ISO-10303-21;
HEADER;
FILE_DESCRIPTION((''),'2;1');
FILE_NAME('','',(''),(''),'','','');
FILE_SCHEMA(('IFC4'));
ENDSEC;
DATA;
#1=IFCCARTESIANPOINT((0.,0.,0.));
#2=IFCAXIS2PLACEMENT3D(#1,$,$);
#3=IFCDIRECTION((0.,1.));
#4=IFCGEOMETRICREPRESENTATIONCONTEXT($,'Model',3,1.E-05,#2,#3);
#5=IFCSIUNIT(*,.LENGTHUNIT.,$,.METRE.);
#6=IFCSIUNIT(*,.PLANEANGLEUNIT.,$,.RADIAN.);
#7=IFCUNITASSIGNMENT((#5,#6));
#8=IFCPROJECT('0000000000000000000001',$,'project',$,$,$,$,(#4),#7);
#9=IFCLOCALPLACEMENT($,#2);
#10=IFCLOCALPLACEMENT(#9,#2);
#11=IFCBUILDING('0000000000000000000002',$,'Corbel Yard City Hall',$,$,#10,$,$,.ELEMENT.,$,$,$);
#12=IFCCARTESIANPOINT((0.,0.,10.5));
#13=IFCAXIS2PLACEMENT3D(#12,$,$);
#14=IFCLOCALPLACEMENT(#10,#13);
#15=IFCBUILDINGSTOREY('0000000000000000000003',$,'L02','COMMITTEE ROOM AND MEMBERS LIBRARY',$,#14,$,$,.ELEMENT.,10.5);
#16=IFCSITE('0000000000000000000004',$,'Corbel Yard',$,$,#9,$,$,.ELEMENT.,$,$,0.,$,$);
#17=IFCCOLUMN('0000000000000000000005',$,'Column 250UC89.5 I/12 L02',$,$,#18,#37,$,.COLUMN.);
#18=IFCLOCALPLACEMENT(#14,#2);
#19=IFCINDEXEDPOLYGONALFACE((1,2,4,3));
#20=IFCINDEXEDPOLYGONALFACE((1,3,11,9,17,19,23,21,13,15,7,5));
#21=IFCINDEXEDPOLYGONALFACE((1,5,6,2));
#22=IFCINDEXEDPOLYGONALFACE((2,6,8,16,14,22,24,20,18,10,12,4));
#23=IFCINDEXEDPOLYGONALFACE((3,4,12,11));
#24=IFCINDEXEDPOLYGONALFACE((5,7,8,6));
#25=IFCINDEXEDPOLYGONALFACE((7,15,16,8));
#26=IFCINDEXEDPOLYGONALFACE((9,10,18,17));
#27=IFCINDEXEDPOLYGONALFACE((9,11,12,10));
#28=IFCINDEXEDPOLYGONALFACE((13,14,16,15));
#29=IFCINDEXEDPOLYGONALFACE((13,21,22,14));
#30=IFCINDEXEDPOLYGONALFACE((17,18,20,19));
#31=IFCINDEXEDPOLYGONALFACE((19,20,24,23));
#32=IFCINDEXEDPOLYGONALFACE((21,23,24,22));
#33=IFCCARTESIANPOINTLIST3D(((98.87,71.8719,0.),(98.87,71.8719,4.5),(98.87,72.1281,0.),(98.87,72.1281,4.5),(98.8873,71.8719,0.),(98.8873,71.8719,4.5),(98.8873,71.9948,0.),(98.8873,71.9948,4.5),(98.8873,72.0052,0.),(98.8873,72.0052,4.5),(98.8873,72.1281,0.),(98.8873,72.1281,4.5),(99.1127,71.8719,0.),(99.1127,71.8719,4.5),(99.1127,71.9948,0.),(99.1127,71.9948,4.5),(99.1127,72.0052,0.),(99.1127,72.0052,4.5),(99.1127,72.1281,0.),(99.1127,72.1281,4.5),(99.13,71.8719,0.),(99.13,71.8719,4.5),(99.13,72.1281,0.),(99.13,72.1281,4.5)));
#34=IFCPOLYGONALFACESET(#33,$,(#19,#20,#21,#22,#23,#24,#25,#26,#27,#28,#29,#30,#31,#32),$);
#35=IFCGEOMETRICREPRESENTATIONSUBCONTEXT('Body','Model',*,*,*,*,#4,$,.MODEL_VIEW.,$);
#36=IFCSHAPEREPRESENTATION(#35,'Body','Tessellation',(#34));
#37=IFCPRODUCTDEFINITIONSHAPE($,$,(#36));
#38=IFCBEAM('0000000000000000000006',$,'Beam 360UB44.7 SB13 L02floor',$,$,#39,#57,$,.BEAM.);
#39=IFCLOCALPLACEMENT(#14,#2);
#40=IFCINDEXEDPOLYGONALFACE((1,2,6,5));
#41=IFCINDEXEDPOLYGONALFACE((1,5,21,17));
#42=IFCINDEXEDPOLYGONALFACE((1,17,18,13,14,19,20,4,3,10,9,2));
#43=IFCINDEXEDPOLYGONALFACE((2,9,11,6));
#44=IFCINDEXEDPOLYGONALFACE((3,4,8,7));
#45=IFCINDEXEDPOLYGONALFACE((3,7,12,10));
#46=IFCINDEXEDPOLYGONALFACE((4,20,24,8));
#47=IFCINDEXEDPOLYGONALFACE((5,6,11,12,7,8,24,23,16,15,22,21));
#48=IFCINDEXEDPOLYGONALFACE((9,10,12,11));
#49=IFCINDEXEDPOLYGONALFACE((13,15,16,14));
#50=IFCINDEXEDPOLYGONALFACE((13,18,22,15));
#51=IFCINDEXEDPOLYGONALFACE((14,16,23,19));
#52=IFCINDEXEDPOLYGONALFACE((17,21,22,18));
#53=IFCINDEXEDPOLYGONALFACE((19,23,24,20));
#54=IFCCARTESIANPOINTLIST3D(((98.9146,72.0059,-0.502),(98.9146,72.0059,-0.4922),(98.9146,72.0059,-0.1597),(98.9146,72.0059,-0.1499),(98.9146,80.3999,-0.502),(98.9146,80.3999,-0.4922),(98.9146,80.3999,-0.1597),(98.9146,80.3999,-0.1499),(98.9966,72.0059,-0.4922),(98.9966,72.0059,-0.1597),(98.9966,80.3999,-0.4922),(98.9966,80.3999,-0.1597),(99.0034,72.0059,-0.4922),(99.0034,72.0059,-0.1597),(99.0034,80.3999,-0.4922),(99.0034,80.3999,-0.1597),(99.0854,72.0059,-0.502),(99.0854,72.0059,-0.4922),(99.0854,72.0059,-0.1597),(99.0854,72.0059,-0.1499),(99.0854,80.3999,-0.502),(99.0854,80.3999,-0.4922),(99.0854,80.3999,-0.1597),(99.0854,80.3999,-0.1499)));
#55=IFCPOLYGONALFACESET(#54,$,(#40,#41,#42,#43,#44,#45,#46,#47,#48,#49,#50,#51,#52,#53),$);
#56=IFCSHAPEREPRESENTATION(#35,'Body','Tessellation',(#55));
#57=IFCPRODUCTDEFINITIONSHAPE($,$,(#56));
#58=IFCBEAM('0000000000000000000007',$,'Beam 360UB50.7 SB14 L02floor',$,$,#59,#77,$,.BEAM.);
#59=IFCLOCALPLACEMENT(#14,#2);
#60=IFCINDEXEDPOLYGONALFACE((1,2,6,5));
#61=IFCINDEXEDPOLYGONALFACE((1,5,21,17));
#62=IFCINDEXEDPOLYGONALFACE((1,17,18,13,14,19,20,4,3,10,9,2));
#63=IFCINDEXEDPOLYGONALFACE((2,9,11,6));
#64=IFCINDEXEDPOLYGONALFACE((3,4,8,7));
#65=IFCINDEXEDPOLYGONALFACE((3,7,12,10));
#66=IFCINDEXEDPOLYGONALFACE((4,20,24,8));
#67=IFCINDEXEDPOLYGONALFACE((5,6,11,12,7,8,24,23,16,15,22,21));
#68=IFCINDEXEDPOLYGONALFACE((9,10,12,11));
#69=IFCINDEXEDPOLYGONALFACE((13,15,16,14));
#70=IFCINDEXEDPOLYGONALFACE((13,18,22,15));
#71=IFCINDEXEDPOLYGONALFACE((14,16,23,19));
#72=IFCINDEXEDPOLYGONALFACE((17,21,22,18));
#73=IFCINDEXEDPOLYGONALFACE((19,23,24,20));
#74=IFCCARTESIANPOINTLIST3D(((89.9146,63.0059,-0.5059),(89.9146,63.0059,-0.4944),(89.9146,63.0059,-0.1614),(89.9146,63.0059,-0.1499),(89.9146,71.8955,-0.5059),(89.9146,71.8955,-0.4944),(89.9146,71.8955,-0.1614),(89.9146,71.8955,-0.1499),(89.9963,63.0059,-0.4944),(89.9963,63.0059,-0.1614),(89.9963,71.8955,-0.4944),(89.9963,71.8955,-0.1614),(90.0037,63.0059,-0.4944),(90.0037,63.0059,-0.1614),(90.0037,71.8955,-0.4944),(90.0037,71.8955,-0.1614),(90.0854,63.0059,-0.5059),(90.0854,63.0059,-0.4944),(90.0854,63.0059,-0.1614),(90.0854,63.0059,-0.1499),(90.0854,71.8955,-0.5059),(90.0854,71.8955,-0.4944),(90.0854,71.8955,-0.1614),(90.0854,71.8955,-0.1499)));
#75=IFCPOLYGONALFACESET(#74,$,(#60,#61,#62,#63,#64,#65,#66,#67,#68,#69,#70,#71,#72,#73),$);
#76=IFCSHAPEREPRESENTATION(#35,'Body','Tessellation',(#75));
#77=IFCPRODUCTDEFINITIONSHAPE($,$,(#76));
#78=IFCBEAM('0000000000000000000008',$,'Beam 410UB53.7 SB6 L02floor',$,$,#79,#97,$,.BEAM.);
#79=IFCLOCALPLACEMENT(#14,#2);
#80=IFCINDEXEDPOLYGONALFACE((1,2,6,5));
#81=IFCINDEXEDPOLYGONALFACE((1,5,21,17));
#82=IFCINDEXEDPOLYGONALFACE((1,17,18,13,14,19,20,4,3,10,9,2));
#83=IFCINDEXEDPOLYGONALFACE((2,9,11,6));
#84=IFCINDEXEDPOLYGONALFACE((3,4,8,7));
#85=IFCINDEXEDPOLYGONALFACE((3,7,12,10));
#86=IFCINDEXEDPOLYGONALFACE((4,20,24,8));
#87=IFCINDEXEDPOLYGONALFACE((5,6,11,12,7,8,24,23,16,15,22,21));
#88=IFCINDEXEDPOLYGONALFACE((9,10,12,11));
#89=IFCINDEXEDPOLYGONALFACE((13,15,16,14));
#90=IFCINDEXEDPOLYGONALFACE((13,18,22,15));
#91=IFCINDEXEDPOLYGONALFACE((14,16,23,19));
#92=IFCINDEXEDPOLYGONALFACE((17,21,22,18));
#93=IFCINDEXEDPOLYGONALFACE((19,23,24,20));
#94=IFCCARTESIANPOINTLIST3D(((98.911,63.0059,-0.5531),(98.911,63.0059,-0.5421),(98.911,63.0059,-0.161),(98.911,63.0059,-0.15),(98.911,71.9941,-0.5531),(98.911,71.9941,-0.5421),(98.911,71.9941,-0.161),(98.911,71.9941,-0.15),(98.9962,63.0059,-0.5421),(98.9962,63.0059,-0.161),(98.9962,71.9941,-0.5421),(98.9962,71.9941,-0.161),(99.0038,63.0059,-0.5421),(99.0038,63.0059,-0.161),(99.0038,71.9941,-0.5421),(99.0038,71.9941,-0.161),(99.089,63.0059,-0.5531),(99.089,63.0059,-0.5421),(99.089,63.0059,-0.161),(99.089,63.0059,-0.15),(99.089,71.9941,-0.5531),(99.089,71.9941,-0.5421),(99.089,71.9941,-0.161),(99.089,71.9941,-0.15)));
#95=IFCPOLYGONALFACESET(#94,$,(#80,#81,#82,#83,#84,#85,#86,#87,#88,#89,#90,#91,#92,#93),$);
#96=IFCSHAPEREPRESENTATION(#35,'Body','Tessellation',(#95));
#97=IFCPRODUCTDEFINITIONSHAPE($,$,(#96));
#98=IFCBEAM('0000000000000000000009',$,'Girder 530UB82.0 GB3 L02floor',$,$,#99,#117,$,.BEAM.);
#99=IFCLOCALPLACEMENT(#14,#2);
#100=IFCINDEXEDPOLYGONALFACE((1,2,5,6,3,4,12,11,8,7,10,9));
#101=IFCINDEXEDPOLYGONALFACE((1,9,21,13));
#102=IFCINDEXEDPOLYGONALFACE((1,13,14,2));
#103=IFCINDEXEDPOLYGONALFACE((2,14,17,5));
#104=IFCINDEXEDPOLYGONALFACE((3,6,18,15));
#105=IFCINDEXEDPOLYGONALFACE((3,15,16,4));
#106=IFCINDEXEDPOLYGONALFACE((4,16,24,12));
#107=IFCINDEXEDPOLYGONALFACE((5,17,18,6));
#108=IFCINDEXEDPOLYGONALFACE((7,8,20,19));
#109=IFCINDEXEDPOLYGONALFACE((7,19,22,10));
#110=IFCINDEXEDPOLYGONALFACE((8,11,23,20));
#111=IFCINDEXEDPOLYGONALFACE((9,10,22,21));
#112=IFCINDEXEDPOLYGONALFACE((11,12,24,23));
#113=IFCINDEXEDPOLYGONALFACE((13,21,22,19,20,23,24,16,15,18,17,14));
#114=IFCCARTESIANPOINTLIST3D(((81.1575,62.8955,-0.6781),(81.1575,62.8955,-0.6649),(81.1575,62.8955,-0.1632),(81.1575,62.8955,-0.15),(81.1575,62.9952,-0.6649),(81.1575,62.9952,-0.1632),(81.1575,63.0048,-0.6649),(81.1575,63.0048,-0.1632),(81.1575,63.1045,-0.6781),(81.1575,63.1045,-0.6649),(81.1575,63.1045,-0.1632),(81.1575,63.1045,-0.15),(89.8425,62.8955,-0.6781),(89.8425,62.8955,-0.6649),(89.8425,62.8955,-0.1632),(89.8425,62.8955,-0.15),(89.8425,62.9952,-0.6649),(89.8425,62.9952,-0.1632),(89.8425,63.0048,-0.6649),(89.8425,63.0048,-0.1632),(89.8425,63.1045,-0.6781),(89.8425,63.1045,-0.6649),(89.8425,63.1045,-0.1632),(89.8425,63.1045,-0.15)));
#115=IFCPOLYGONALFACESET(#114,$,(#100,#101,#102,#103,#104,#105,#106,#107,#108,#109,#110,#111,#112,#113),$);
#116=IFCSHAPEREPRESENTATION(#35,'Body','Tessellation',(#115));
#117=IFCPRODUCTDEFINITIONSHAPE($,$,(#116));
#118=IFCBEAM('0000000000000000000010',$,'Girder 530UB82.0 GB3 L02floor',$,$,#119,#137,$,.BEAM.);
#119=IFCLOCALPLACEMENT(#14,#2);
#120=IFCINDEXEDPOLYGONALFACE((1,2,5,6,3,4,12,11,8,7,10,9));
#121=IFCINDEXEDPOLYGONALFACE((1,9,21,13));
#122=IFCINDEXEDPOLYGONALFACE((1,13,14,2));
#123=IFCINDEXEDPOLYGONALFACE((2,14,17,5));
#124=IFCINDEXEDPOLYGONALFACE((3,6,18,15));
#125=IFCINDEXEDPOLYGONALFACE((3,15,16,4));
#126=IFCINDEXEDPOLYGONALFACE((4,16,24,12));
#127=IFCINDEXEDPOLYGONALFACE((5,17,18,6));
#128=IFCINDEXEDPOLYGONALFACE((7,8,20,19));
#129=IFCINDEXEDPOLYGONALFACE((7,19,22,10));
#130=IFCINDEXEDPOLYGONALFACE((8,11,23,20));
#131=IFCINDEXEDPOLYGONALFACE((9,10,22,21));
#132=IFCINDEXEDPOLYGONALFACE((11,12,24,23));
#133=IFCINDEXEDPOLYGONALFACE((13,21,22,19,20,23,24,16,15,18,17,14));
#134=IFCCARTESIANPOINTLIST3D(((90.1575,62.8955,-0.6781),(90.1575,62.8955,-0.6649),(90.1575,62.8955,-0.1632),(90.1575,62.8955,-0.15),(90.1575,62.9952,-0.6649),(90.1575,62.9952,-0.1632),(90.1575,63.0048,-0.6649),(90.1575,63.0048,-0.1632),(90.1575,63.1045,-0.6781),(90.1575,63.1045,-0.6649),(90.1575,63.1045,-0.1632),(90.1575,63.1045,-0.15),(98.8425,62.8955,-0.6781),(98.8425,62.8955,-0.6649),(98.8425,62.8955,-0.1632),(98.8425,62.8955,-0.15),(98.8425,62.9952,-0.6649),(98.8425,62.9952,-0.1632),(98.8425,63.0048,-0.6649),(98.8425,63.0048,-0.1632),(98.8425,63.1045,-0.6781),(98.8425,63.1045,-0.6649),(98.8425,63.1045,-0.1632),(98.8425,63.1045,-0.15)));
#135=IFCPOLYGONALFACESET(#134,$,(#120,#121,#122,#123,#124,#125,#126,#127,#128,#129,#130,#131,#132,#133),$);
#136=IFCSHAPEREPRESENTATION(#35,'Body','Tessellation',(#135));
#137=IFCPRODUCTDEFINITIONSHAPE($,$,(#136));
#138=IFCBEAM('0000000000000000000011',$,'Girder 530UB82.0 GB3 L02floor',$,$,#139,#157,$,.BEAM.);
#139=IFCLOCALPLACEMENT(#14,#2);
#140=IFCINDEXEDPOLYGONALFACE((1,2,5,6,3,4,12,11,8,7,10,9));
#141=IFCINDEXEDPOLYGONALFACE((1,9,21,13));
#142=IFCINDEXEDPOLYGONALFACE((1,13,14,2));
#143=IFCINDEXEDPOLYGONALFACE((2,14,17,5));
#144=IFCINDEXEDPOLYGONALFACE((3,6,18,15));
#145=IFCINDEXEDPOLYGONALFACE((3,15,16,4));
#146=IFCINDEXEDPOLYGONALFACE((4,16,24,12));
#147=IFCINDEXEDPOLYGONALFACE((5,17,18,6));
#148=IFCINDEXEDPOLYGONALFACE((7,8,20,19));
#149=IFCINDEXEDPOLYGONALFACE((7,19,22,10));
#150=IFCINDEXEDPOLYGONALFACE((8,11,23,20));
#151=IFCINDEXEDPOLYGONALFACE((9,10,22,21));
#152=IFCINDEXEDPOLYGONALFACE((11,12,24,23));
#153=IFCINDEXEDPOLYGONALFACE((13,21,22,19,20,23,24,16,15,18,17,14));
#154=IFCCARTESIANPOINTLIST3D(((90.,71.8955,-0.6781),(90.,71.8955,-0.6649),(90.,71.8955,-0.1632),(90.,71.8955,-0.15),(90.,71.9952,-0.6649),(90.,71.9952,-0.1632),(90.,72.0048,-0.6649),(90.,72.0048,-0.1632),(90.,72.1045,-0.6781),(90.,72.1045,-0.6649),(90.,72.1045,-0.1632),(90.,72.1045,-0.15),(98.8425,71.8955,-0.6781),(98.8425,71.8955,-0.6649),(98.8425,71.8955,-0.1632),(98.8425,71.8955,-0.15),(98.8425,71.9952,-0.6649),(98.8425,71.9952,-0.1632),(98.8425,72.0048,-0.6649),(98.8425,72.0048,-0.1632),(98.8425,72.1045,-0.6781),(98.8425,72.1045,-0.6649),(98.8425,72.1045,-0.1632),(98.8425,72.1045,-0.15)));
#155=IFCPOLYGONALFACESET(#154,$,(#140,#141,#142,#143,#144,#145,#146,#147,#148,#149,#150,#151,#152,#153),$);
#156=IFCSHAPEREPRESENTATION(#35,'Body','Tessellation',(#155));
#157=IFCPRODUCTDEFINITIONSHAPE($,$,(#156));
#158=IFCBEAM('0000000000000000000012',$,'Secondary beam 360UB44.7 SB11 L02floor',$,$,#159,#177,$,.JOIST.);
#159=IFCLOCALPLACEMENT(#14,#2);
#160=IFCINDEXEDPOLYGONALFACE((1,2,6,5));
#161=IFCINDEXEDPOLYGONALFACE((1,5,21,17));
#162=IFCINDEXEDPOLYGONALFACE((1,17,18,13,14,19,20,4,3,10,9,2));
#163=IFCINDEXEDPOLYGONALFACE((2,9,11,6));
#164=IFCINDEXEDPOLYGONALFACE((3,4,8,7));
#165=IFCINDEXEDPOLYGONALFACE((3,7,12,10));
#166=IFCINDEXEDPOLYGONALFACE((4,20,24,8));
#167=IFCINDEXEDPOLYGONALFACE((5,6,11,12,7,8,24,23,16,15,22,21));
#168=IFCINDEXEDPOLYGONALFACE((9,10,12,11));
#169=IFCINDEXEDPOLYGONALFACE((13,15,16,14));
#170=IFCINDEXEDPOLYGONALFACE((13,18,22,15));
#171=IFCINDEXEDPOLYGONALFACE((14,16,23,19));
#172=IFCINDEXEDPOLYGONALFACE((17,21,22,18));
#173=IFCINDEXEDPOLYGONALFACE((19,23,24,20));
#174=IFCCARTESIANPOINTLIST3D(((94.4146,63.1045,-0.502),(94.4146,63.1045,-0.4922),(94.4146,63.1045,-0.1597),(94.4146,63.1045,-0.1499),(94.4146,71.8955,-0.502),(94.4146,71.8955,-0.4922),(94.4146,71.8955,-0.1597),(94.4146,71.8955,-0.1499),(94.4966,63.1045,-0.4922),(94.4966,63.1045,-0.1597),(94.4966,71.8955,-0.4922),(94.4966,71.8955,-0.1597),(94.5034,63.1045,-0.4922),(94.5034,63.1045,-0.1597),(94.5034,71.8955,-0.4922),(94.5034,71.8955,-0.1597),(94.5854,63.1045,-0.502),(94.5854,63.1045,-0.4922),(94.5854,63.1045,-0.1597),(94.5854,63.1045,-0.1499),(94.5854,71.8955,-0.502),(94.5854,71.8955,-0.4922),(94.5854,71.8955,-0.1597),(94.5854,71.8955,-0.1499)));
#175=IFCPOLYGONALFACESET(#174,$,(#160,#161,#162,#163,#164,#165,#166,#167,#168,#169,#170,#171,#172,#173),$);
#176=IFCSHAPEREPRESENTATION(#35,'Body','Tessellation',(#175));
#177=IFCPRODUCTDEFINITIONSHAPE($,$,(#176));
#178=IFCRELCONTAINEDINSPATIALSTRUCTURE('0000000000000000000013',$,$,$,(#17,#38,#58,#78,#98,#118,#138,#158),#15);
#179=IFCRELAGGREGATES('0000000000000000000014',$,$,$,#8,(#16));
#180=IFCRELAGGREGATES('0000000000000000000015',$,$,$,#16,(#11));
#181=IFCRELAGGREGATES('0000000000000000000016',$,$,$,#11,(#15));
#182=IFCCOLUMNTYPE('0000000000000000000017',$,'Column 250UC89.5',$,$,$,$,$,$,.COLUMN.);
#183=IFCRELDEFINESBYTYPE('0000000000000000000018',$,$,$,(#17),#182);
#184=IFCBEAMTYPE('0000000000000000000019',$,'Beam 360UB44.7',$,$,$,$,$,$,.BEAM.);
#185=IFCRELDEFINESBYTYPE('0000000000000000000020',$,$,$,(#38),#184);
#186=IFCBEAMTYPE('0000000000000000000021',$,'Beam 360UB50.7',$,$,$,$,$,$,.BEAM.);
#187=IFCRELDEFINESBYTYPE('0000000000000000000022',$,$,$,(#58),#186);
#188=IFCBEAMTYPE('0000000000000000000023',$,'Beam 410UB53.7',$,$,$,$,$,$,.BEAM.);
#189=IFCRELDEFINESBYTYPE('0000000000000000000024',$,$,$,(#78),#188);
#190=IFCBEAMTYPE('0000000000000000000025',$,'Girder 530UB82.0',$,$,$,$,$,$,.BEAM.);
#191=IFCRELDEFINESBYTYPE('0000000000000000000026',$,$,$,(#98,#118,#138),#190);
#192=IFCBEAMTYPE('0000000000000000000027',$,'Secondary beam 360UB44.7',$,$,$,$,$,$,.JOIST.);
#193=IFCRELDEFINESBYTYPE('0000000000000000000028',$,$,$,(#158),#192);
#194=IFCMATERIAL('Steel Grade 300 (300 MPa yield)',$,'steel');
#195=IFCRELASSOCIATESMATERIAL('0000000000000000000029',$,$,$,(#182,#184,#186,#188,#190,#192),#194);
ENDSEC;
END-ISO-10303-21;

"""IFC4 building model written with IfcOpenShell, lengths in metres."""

from ifc_helpers import new_model, si_unit, direction, frame, origin, origin_2d, place, context, subcontext, project, spatial, i_section, extrude, material, material_profile, profile_set, type_object, element, save


model = new_model("IFC4")

# Units and contexts
model_context = context("Model", 3, precision=1e-05, world=origin(), true_north=direction((0.0, 1.0)))
body_context = subcontext(model_context, "Body", "Model", "MODEL_VIEW")
ifc_project = project(units=[si_unit("LENGTHUNIT", "METRE"), si_unit("PLANEANGLEUNIT", "RADIAN")], contexts=[model_context])

# Site, building, storey
site_placement = place(None, origin())
site = spatial("IfcSite", under=ifc_project, at=site_placement, Name="Corbel Yard", CompositionType="ELEMENT", RefElevation=0.0)
building_placement = place(site_placement, origin())
building = spatial("IfcBuilding", under=site, at=building_placement, Name="Corbel Yard City Hall", CompositionType="ELEMENT")
storey_placement = place(building_placement, frame((0.0, 0.0, 10.5)))
storey = spatial("IfcBuildingStorey", under=building, at=storey_placement, Name="L02", Description="COMMITTEE ROOM AND MEMBERS LIBRARY", CompositionType="ELEMENT", Elevation=10.5)

# Column
ifc_material_1 = material(Name="Steel Grade 300 (300 MPa yield)", Category="steel")
ifc_material_profile_1 = material_profile(ifc_material_1, i_section(OverallWidth=0.2561, OverallDepth=0.26, WebThickness=0.0105, FlangeThickness=0.0173, at=origin_2d()), Name="250UC89.5")
ifc_profile_set_1 = profile_set([ifc_material_profile_1], Name="Steel Grade 300 (300 MPa yield)")
column_type = type_object("IfcColumnType", Name="Column 250UC89.5", PredefinedType="COLUMN", material=ifc_profile_set_1)
column_placement = place(storey_placement, frame((99.0, 72.0, 0.0), z_axis=(0.0, 0.0, 1.0), x_axis=(0.0, 1.0, 0.0)))
element("IfcColumn", 1, at=column_placement, inside=storey, type_object=column_type, Name="Column 250UC89.5 I/12 L02", PredefinedType="COLUMN", context=body_context, shape_type="SweptSolid", body=[
    extrude(i_section(OverallWidth=0.2561, OverallDepth=0.26, WebThickness=0.0105, FlangeThickness=0.0173, at=origin_2d()), origin(), (0.0, 0.0, 1.0), 4.5),
])

# Beams
ifc_material_profile_2 = material_profile(ifc_material_1, i_section(OverallWidth=0.1709, OverallDepth=0.3521, WebThickness=0.0068, FlangeThickness=0.0098, at=origin_2d()), Name="360UB44.7")
ifc_profile_set_2 = profile_set([ifc_material_profile_2], Name="Steel Grade 300 (300 MPa yield)")
beam_type_1 = type_object("IfcBeamType", Name="Beam 360UB44.7", PredefinedType="BEAM", material=ifc_profile_set_2)
beam_1_placement = place(storey_placement, frame((99.0, 72.0059, -0.3259), z_axis=(0.0, 1.0, 0.0), x_axis=(-1.0, 0.0, 0.0)))
element("IfcBeam", 2, at=beam_1_placement, inside=storey, type_object=beam_type_1, Name="Beam 360UB44.7 SB13 L02floor", PredefinedType="BEAM", context=body_context, shape_type="SweptSolid", body=[
    extrude(i_section(OverallWidth=0.1709, OverallDepth=0.3521, WebThickness=0.0068, FlangeThickness=0.0098, at=origin_2d()), origin(), (0.0, 0.0, 1.0), 8.394),
])
ifc_material_profile_3 = material_profile(ifc_material_1, i_section(OverallWidth=0.1709, OverallDepth=0.356, WebThickness=0.0073, FlangeThickness=0.0115, at=origin_2d()), Name="360UB50.7")
ifc_profile_set_3 = profile_set([ifc_material_profile_3], Name="Steel Grade 300 (300 MPa yield)")
beam_type_2 = type_object("IfcBeamType", Name="Beam 360UB50.7", PredefinedType="BEAM", material=ifc_profile_set_3)
beam_2_placement = place(storey_placement, frame((90.0, 63.0059, -0.3279), z_axis=(0.0, 1.0, 0.0), x_axis=(-1.0, 0.0, 0.0)))
element("IfcBeam", 3, at=beam_2_placement, inside=storey, type_object=beam_type_2, Name="Beam 360UB50.7 SB14 L02floor", PredefinedType="BEAM", context=body_context, shape_type="SweptSolid", body=[
    extrude(i_section(OverallWidth=0.1709, OverallDepth=0.356, WebThickness=0.0073, FlangeThickness=0.0115, at=origin_2d()), origin(), (0.0, 0.0, 1.0), 8.8896),
])
ifc_material_profile_4 = material_profile(ifc_material_1, i_section(OverallWidth=0.178, OverallDepth=0.4031, WebThickness=0.0076, FlangeThickness=0.011, at=origin_2d()), Name="410UB53.7")
ifc_profile_set_4 = profile_set([ifc_material_profile_4], Name="Steel Grade 300 (300 MPa yield)")
beam_type_3 = type_object("IfcBeamType", Name="Beam 410UB53.7", PredefinedType="BEAM", material=ifc_profile_set_4)
beam_3_placement = place(storey_placement, frame((99.0, 63.0059, -0.3516), z_axis=(0.0, 1.0, 0.0), x_axis=(-1.0, 0.0, 0.0)))
element("IfcBeam", 4, at=beam_3_placement, inside=storey, type_object=beam_type_3, Name="Beam 410UB53.7 SB6 L02floor", PredefinedType="BEAM", context=body_context, shape_type="SweptSolid", body=[
    extrude(i_section(OverallWidth=0.178, OverallDepth=0.4031, WebThickness=0.0076, FlangeThickness=0.011, at=origin_2d()), origin(), (0.0, 0.0, 1.0), 8.9883),
])
ifc_material_profile_5 = material_profile(ifc_material_1, i_section(OverallWidth=0.209, OverallDepth=0.5281, WebThickness=0.0095, FlangeThickness=0.0132, at=origin_2d()), Name="530UB82.0")
ifc_profile_set_5 = profile_set([ifc_material_profile_5], Name="Steel Grade 300 (300 MPa yield)")
beam_type_4 = type_object("IfcBeamType", Name="Girder 530UB82.0", PredefinedType="BEAM", material=ifc_profile_set_5)
for number, where, z_axis, x_axis, name in (
    (5, (81.1575, 63.0, -0.4141), (1.0, 0.0, 0.0), (0.0, 1.0, 0.0), "Girder 530UB82.0 GB3 L02floor"),
    (6, (90.1575, 63.0, -0.4141), (1.0, 0.0, 0.0), (0.0, 1.0, 0.0), "Girder 530UB82.0 GB3 L02floor"),
):
    element("IfcBeam", number, at=place(storey_placement, frame(where, z_axis=z_axis, x_axis=x_axis)), inside=storey, type_object=beam_type_4, Name=name, PredefinedType="BEAM", context=body_context, shape_type="SweptSolid", body=[
        extrude(i_section(OverallWidth=0.209, OverallDepth=0.5281, WebThickness=0.0095, FlangeThickness=0.0132, at=origin_2d()), origin(), (0.0, 0.0, 1.0), 8.6851),
    ])
beam_4_placement = place(storey_placement, frame((90.0, 72.0, -0.4141), z_axis=(1.0, 0.0, 0.0), x_axis=(0.0, 1.0, 0.0)))
element("IfcBeam", 7, at=beam_4_placement, inside=storey, type_object=beam_type_4, Name="Girder 530UB82.0 GB3 L02floor", PredefinedType="BEAM", context=body_context, shape_type="SweptSolid", body=[
    extrude(i_section(OverallWidth=0.209, OverallDepth=0.5281, WebThickness=0.0095, FlangeThickness=0.0132, at=origin_2d()), origin(), (0.0, 0.0, 1.0), 8.8425),
])
ifc_material_profile_6 = material_profile(ifc_material_1, i_section(OverallWidth=0.1709, OverallDepth=0.3521, WebThickness=0.0068, FlangeThickness=0.0098, at=origin_2d()), Name="360UB44.7")
ifc_profile_set_6 = profile_set([ifc_material_profile_6], Name="Steel Grade 300 (300 MPa yield)")
beam_type_5 = type_object("IfcBeamType", Name="Secondary beam 360UB44.7", PredefinedType="JOIST", material=ifc_profile_set_6)
beam_5_placement = place(storey_placement, frame((94.5, 63.1045, -0.3259), z_axis=(0.0, 1.0, 0.0), x_axis=(-1.0, 0.0, 0.0)))
element("IfcBeam", 8, at=beam_5_placement, inside=storey, type_object=beam_type_5, Name="Secondary beam 360UB44.7 SB11 L02floor", PredefinedType="JOIST", context=body_context, shape_type="SweptSolid", body=[
    extrude(i_section(OverallWidth=0.1709, OverallDepth=0.3521, WebThickness=0.0068, FlangeThickness=0.0098, at=origin_2d()), origin(), (0.0, 0.0, 1.0), 8.791),
])

save(model, "model.ifc")
